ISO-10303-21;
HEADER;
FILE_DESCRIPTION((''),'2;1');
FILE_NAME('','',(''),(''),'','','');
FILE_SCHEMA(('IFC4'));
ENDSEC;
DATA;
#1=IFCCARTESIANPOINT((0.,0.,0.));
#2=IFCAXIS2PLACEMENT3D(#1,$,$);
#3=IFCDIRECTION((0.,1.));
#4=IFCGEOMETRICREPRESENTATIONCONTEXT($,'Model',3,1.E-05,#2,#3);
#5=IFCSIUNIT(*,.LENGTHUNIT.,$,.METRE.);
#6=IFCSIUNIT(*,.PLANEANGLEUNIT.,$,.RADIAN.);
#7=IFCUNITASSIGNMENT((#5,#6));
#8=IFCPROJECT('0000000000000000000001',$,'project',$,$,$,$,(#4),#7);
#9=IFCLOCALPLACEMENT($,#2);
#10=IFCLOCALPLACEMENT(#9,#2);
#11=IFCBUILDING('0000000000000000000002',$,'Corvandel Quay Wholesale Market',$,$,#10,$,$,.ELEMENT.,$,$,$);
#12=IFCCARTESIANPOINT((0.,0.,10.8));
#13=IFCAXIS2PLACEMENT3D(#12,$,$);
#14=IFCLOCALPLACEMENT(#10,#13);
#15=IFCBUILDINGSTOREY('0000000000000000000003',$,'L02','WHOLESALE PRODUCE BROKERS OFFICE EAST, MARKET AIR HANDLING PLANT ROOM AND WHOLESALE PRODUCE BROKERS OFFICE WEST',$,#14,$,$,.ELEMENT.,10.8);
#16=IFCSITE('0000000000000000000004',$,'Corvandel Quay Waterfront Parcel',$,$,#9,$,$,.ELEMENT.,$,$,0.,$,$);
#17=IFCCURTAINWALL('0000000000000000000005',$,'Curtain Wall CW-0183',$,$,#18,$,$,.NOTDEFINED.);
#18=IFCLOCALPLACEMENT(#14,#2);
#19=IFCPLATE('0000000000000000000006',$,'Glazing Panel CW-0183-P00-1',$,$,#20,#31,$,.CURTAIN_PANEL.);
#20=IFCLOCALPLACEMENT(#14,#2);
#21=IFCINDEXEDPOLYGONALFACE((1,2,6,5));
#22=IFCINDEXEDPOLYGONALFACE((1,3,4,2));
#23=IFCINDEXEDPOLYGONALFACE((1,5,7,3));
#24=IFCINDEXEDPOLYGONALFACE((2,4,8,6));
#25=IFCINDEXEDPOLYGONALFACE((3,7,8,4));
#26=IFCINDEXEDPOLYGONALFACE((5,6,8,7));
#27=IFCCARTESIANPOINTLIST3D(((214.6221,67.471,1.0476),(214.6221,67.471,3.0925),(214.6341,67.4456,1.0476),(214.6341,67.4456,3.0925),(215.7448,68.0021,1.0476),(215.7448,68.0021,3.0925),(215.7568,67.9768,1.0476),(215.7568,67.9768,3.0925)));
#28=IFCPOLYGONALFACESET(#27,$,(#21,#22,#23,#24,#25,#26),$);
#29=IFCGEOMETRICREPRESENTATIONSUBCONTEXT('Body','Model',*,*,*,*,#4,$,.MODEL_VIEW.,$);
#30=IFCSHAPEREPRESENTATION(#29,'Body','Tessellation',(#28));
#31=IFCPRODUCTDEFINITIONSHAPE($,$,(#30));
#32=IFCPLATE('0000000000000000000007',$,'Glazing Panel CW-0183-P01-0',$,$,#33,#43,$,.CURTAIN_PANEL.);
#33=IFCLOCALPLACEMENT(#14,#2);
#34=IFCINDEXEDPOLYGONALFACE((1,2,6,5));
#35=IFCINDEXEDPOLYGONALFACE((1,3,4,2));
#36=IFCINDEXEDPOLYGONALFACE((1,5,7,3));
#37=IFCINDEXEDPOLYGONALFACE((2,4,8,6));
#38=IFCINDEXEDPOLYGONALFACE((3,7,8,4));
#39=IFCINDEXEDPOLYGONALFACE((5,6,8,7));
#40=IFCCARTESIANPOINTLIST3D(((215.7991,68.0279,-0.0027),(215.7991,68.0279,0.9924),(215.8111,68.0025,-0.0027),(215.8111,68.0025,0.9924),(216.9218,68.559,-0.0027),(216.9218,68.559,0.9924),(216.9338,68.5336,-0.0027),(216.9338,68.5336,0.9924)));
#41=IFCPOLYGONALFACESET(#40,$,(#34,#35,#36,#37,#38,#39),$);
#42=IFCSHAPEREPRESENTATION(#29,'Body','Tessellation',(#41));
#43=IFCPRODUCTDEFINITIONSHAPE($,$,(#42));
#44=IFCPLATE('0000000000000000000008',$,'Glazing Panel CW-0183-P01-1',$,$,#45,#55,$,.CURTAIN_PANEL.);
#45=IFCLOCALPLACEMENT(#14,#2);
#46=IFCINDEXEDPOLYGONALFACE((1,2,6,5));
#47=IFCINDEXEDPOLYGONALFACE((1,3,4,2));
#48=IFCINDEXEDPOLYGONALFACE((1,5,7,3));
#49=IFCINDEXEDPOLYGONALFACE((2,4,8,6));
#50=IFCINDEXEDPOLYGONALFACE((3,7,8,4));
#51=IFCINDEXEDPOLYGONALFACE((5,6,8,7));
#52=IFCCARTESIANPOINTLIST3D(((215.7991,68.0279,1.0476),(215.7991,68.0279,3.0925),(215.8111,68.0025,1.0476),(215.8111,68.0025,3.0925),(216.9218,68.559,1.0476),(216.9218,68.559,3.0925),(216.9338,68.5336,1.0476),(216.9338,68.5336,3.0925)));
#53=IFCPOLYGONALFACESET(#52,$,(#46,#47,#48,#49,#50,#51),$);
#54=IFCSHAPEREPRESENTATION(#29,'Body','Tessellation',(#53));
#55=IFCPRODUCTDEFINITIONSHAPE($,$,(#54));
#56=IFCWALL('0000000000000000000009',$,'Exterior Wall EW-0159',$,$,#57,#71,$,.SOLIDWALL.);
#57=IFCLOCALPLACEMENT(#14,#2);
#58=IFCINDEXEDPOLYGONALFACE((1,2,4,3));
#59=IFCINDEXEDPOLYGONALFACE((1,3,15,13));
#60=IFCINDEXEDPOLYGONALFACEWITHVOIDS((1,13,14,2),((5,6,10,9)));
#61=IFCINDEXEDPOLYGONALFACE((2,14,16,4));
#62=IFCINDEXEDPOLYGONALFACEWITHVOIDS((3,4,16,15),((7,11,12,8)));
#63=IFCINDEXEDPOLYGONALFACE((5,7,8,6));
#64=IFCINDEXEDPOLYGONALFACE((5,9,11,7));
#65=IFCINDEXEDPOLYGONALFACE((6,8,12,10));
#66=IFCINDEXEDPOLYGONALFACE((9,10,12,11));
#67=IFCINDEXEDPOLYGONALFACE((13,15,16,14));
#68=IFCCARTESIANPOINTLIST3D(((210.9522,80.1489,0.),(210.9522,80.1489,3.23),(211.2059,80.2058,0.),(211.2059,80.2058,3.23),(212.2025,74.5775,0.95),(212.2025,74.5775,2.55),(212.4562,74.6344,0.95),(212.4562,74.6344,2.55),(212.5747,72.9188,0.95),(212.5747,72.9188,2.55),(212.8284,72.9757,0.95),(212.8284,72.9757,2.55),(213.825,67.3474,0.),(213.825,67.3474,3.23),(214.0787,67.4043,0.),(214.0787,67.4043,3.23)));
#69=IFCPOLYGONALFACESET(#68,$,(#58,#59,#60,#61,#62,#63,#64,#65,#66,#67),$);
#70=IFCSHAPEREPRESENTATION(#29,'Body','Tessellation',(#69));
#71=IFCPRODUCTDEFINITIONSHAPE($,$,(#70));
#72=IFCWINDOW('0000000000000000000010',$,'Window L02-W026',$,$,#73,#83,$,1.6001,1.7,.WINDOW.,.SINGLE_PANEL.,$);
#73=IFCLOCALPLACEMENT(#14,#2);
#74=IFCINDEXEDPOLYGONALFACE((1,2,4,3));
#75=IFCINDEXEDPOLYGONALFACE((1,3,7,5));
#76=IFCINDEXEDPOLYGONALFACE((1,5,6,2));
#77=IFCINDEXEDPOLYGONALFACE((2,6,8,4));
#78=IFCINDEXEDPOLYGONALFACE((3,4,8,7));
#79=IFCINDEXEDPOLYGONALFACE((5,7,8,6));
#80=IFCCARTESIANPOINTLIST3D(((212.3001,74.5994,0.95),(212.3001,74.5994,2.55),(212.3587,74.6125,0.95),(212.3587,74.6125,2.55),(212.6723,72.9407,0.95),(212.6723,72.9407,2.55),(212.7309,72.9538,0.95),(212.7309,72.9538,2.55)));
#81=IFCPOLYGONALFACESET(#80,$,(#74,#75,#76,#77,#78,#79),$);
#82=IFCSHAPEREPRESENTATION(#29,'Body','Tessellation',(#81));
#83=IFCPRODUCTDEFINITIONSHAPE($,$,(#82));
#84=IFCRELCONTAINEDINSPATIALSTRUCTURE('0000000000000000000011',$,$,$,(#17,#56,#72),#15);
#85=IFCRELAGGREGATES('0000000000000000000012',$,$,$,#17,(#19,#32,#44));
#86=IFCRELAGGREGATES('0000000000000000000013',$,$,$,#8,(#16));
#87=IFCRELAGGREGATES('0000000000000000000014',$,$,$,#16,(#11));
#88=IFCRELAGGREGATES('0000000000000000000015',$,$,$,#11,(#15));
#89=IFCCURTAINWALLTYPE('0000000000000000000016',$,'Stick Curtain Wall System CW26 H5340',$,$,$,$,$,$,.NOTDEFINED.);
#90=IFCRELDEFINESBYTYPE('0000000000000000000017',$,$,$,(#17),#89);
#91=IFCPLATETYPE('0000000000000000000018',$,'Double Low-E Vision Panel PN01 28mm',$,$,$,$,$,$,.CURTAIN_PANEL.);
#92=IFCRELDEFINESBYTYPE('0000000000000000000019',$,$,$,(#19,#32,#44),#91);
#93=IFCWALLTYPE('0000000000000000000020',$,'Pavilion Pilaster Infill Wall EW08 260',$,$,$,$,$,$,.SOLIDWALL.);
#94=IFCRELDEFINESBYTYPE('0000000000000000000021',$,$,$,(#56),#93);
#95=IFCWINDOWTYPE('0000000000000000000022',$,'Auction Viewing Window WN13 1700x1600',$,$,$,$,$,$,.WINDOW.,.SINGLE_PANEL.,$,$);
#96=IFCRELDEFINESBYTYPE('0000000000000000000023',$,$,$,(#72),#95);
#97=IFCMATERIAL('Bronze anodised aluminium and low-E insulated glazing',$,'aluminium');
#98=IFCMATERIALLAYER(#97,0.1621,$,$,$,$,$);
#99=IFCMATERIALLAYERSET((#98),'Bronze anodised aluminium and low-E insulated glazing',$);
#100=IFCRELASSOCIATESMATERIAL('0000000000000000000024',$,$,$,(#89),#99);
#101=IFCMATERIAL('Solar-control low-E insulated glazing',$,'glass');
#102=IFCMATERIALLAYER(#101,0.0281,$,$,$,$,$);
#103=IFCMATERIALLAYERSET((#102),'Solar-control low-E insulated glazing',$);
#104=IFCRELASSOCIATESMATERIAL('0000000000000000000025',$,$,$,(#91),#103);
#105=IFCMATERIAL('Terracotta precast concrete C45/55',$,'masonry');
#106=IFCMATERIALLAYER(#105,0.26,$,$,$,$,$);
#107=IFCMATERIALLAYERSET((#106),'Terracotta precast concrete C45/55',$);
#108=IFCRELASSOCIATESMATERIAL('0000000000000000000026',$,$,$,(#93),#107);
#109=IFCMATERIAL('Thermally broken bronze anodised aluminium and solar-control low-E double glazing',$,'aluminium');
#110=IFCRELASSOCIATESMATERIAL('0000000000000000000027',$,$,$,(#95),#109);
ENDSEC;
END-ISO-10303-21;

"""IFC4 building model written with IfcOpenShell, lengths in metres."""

from ifc_helpers import new_model, si_unit, direction, frame, frame_2d, origin, origin_2d, place, context, subcontext, project, spatial, rectangle, extrude, material, layer, layer_set, type_object, element, fill, aggregate, save


model = new_model("IFC4")

# Units and contexts
model_context = context("Model", 3, precision=1e-05, world=origin(), true_north=direction((0.0, 1.0)))
body_context = subcontext(model_context, "Body", "Model", "MODEL_VIEW")
ifc_project = project(units=[si_unit("LENGTHUNIT", "METRE"), si_unit("PLANEANGLEUNIT", "RADIAN")], contexts=[model_context])

# Site, building, storey
site_placement = place(None, origin())
site = spatial("IfcSite", under=ifc_project, at=site_placement, Name="Corvandel Quay Waterfront Parcel", CompositionType="ELEMENT", RefElevation=0.0)
building_placement = place(site_placement, origin())
building = spatial("IfcBuilding", under=site, at=building_placement, Name="Corvandel Quay Wholesale Market", CompositionType="ELEMENT")
storey_placement = place(building_placement, frame((0.0, 0.0, 10.8)))
storey = spatial("IfcBuildingStorey", under=building, at=storey_placement, Name="L02", Description="WHOLESALE PRODUCE BROKERS OFFICE EAST, MARKET AIR HANDLING PLANT ROOM AND WHOLESALE PRODUCE BROKERS OFFICE WEST", CompositionType="ELEMENT", Elevation=10.8)

# Curtain wall
ifc_material_1 = material(Name="Bronze anodised aluminium and low-E insulated glazing", Category="aluminium")
ifc_layer_1 = layer(ifc_material_1, 0.1621)
ifc_layer_set_1 = layer_set([ifc_layer_1], Name="Bronze anodised aluminium and low-E insulated glazing")
curtain_wall_type = type_object("IfcCurtainWallType", Name="Stick Curtain Wall System CW26 H5340", PredefinedType="NOTDEFINED", material=ifc_layer_set_1)
curtain_wall_placement = place(storey_placement, origin())
curtain_wall = element("IfcCurtainWall", 1, at=curtain_wall_placement, inside=storey, type_object=curtain_wall_type, Name="Curtain Wall CW-0183", PredefinedType="NOTDEFINED")

# Plates
ifc_material_2 = material(Name="Solar-control low-E insulated glazing", Category="glass")
ifc_layer_2 = layer(ifc_material_2, 0.0281)
ifc_layer_set_2 = layer_set([ifc_layer_2], Name="Solar-control low-E insulated glazing")
plate_type_1 = type_object("IfcPlateType", Name="Double Low-E Vision Panel PN01 28mm", PredefinedType="CURTAIN_PANEL", material=ifc_layer_set_2)
plate_1_placement = place(storey_placement, frame((215.1895, 67.7239, 1.0476), z_axis=(0.0, 0.0, 1.0), x_axis=(0.903933, 0.427673, 0.0)))
plate_1 = element("IfcPlate", 2, at=plate_1_placement, type_object=plate_type_1, Name="Glazing Panel CW-0183-P00-1", PredefinedType="CURTAIN_PANEL", context=body_context, shape_type="SweptSolid", body=[
    extrude(rectangle(XDim=1.2419, YDim=0.0281, at=origin_2d()), origin(), (0.0, 0.0, 1.0), 2.0449),
])
plate_2_placement = place(storey_placement, frame((216.3665, 68.2808, -0.0027), z_axis=(0.0, 0.0, 1.0), x_axis=(0.903933, 0.427673, 0.0)))
plate_2 = element("IfcPlate", 3, at=plate_2_placement, type_object=plate_type_1, Name="Glazing Panel CW-0183-P01-0", PredefinedType="CURTAIN_PANEL", context=body_context, shape_type="SweptSolid", body=[
    extrude(rectangle(XDim=1.2419, YDim=0.0281, at=origin_2d()), origin(), (0.0, 0.0, 1.0), 0.9951),
])
plate_3_placement = place(storey_placement, frame((216.3665, 68.2808, 1.0476), z_axis=(0.0, 0.0, 1.0), x_axis=(0.903933, 0.427673, 0.0)))
plate_3 = element("IfcPlate", 4, at=plate_3_placement, type_object=plate_type_1, Name="Glazing Panel CW-0183-P01-1", PredefinedType="CURTAIN_PANEL", context=body_context, shape_type="SweptSolid", body=[
    extrude(rectangle(XDim=1.2419, YDim=0.0281, at=origin_2d()), origin(), (0.0, 0.0, 1.0), 2.0449),
])
aggregate(curtain_wall, [plate_1, plate_2, plate_3])

# Wall, opening, window
ifc_material_3 = material(Name="Terracotta precast concrete C45/55", Category="masonry")
ifc_layer_3 = layer(ifc_material_3, 0.26)
ifc_layer_set_3 = layer_set([ifc_layer_3], Name="Terracotta precast concrete C45/55")
wall_type = type_object("IfcWallType", Name="Pavilion Pilaster Infill Wall EW08 260", PredefinedType="SOLIDWALL", material=ifc_layer_set_3)
wall_placement = place(storey_placement, frame((213.9519, 67.3757, 0.0), z_axis=(0.0, 0.0, 1.0), x_axis=(-0.218965, 0.975733, 0.0)))
wall = element("IfcWall", 5, at=wall_placement, inside=storey, type_object=wall_type, Name="Exterior Wall EW-0159", PredefinedType="SOLIDWALL", context=body_context, shape_type="SweptSolid", body=[
    extrude(rectangle(XDim=13.1199, YDim=0.26, at=frame_2d((6.5601, 0.0))), origin(), (0.0, 0.0, 1.0), 3.23),
])
opening_placement = place(wall_placement, frame((5.71, 0.0, 0.95)))
opening = element("IfcOpeningElement", 6, at=opening_placement, cuts=wall, PredefinedType="OPENING", context=body_context, shape_type="SweptSolid", body=[
    extrude(rectangle(XDim=1.7, YDim=1.6001, at=frame_2d((0.8501, 0.8))), frame((0.0, 0.1399, 0.0), z_axis=(0.0, -1.0, 0.0), x_axis=(1.0, 0.0, 0.0)), (0.0, 0.0, 1.0), 0.28),
])
ifc_material_4 = material(Name="Thermally broken bronze anodised aluminium and solar-control low-E double glazing", Category="aluminium")
window_type = type_object("IfcWindowType", Name="Auction Viewing Window WN13 1700x1600", PartitioningType="SINGLE_PANEL", PredefinedType="WINDOW", material=ifc_material_4)
window_placement = place(opening_placement, origin())
window = element("IfcWindow", 7, at=window_placement, inside=storey, type_object=window_type, Name="Window L02-W026", OverallHeight=1.6001, OverallWidth=1.7, PartitioningType="SINGLE_PANEL", PredefinedType="WINDOW", context=body_context, shape_type="SweptSolid", body=[
    extrude(rectangle(XDim=1.7, YDim=1.6001, at=frame_2d((0.8501, 0.8))), frame((0.0, 0.03, 0.0), z_axis=(0.0, -1.0, 0.0), x_axis=(1.0, 0.0, 0.0)), (0.0, 0.0, 1.0), 0.0601),
])
fill(opening, window)

save(model, "model.ifc")
